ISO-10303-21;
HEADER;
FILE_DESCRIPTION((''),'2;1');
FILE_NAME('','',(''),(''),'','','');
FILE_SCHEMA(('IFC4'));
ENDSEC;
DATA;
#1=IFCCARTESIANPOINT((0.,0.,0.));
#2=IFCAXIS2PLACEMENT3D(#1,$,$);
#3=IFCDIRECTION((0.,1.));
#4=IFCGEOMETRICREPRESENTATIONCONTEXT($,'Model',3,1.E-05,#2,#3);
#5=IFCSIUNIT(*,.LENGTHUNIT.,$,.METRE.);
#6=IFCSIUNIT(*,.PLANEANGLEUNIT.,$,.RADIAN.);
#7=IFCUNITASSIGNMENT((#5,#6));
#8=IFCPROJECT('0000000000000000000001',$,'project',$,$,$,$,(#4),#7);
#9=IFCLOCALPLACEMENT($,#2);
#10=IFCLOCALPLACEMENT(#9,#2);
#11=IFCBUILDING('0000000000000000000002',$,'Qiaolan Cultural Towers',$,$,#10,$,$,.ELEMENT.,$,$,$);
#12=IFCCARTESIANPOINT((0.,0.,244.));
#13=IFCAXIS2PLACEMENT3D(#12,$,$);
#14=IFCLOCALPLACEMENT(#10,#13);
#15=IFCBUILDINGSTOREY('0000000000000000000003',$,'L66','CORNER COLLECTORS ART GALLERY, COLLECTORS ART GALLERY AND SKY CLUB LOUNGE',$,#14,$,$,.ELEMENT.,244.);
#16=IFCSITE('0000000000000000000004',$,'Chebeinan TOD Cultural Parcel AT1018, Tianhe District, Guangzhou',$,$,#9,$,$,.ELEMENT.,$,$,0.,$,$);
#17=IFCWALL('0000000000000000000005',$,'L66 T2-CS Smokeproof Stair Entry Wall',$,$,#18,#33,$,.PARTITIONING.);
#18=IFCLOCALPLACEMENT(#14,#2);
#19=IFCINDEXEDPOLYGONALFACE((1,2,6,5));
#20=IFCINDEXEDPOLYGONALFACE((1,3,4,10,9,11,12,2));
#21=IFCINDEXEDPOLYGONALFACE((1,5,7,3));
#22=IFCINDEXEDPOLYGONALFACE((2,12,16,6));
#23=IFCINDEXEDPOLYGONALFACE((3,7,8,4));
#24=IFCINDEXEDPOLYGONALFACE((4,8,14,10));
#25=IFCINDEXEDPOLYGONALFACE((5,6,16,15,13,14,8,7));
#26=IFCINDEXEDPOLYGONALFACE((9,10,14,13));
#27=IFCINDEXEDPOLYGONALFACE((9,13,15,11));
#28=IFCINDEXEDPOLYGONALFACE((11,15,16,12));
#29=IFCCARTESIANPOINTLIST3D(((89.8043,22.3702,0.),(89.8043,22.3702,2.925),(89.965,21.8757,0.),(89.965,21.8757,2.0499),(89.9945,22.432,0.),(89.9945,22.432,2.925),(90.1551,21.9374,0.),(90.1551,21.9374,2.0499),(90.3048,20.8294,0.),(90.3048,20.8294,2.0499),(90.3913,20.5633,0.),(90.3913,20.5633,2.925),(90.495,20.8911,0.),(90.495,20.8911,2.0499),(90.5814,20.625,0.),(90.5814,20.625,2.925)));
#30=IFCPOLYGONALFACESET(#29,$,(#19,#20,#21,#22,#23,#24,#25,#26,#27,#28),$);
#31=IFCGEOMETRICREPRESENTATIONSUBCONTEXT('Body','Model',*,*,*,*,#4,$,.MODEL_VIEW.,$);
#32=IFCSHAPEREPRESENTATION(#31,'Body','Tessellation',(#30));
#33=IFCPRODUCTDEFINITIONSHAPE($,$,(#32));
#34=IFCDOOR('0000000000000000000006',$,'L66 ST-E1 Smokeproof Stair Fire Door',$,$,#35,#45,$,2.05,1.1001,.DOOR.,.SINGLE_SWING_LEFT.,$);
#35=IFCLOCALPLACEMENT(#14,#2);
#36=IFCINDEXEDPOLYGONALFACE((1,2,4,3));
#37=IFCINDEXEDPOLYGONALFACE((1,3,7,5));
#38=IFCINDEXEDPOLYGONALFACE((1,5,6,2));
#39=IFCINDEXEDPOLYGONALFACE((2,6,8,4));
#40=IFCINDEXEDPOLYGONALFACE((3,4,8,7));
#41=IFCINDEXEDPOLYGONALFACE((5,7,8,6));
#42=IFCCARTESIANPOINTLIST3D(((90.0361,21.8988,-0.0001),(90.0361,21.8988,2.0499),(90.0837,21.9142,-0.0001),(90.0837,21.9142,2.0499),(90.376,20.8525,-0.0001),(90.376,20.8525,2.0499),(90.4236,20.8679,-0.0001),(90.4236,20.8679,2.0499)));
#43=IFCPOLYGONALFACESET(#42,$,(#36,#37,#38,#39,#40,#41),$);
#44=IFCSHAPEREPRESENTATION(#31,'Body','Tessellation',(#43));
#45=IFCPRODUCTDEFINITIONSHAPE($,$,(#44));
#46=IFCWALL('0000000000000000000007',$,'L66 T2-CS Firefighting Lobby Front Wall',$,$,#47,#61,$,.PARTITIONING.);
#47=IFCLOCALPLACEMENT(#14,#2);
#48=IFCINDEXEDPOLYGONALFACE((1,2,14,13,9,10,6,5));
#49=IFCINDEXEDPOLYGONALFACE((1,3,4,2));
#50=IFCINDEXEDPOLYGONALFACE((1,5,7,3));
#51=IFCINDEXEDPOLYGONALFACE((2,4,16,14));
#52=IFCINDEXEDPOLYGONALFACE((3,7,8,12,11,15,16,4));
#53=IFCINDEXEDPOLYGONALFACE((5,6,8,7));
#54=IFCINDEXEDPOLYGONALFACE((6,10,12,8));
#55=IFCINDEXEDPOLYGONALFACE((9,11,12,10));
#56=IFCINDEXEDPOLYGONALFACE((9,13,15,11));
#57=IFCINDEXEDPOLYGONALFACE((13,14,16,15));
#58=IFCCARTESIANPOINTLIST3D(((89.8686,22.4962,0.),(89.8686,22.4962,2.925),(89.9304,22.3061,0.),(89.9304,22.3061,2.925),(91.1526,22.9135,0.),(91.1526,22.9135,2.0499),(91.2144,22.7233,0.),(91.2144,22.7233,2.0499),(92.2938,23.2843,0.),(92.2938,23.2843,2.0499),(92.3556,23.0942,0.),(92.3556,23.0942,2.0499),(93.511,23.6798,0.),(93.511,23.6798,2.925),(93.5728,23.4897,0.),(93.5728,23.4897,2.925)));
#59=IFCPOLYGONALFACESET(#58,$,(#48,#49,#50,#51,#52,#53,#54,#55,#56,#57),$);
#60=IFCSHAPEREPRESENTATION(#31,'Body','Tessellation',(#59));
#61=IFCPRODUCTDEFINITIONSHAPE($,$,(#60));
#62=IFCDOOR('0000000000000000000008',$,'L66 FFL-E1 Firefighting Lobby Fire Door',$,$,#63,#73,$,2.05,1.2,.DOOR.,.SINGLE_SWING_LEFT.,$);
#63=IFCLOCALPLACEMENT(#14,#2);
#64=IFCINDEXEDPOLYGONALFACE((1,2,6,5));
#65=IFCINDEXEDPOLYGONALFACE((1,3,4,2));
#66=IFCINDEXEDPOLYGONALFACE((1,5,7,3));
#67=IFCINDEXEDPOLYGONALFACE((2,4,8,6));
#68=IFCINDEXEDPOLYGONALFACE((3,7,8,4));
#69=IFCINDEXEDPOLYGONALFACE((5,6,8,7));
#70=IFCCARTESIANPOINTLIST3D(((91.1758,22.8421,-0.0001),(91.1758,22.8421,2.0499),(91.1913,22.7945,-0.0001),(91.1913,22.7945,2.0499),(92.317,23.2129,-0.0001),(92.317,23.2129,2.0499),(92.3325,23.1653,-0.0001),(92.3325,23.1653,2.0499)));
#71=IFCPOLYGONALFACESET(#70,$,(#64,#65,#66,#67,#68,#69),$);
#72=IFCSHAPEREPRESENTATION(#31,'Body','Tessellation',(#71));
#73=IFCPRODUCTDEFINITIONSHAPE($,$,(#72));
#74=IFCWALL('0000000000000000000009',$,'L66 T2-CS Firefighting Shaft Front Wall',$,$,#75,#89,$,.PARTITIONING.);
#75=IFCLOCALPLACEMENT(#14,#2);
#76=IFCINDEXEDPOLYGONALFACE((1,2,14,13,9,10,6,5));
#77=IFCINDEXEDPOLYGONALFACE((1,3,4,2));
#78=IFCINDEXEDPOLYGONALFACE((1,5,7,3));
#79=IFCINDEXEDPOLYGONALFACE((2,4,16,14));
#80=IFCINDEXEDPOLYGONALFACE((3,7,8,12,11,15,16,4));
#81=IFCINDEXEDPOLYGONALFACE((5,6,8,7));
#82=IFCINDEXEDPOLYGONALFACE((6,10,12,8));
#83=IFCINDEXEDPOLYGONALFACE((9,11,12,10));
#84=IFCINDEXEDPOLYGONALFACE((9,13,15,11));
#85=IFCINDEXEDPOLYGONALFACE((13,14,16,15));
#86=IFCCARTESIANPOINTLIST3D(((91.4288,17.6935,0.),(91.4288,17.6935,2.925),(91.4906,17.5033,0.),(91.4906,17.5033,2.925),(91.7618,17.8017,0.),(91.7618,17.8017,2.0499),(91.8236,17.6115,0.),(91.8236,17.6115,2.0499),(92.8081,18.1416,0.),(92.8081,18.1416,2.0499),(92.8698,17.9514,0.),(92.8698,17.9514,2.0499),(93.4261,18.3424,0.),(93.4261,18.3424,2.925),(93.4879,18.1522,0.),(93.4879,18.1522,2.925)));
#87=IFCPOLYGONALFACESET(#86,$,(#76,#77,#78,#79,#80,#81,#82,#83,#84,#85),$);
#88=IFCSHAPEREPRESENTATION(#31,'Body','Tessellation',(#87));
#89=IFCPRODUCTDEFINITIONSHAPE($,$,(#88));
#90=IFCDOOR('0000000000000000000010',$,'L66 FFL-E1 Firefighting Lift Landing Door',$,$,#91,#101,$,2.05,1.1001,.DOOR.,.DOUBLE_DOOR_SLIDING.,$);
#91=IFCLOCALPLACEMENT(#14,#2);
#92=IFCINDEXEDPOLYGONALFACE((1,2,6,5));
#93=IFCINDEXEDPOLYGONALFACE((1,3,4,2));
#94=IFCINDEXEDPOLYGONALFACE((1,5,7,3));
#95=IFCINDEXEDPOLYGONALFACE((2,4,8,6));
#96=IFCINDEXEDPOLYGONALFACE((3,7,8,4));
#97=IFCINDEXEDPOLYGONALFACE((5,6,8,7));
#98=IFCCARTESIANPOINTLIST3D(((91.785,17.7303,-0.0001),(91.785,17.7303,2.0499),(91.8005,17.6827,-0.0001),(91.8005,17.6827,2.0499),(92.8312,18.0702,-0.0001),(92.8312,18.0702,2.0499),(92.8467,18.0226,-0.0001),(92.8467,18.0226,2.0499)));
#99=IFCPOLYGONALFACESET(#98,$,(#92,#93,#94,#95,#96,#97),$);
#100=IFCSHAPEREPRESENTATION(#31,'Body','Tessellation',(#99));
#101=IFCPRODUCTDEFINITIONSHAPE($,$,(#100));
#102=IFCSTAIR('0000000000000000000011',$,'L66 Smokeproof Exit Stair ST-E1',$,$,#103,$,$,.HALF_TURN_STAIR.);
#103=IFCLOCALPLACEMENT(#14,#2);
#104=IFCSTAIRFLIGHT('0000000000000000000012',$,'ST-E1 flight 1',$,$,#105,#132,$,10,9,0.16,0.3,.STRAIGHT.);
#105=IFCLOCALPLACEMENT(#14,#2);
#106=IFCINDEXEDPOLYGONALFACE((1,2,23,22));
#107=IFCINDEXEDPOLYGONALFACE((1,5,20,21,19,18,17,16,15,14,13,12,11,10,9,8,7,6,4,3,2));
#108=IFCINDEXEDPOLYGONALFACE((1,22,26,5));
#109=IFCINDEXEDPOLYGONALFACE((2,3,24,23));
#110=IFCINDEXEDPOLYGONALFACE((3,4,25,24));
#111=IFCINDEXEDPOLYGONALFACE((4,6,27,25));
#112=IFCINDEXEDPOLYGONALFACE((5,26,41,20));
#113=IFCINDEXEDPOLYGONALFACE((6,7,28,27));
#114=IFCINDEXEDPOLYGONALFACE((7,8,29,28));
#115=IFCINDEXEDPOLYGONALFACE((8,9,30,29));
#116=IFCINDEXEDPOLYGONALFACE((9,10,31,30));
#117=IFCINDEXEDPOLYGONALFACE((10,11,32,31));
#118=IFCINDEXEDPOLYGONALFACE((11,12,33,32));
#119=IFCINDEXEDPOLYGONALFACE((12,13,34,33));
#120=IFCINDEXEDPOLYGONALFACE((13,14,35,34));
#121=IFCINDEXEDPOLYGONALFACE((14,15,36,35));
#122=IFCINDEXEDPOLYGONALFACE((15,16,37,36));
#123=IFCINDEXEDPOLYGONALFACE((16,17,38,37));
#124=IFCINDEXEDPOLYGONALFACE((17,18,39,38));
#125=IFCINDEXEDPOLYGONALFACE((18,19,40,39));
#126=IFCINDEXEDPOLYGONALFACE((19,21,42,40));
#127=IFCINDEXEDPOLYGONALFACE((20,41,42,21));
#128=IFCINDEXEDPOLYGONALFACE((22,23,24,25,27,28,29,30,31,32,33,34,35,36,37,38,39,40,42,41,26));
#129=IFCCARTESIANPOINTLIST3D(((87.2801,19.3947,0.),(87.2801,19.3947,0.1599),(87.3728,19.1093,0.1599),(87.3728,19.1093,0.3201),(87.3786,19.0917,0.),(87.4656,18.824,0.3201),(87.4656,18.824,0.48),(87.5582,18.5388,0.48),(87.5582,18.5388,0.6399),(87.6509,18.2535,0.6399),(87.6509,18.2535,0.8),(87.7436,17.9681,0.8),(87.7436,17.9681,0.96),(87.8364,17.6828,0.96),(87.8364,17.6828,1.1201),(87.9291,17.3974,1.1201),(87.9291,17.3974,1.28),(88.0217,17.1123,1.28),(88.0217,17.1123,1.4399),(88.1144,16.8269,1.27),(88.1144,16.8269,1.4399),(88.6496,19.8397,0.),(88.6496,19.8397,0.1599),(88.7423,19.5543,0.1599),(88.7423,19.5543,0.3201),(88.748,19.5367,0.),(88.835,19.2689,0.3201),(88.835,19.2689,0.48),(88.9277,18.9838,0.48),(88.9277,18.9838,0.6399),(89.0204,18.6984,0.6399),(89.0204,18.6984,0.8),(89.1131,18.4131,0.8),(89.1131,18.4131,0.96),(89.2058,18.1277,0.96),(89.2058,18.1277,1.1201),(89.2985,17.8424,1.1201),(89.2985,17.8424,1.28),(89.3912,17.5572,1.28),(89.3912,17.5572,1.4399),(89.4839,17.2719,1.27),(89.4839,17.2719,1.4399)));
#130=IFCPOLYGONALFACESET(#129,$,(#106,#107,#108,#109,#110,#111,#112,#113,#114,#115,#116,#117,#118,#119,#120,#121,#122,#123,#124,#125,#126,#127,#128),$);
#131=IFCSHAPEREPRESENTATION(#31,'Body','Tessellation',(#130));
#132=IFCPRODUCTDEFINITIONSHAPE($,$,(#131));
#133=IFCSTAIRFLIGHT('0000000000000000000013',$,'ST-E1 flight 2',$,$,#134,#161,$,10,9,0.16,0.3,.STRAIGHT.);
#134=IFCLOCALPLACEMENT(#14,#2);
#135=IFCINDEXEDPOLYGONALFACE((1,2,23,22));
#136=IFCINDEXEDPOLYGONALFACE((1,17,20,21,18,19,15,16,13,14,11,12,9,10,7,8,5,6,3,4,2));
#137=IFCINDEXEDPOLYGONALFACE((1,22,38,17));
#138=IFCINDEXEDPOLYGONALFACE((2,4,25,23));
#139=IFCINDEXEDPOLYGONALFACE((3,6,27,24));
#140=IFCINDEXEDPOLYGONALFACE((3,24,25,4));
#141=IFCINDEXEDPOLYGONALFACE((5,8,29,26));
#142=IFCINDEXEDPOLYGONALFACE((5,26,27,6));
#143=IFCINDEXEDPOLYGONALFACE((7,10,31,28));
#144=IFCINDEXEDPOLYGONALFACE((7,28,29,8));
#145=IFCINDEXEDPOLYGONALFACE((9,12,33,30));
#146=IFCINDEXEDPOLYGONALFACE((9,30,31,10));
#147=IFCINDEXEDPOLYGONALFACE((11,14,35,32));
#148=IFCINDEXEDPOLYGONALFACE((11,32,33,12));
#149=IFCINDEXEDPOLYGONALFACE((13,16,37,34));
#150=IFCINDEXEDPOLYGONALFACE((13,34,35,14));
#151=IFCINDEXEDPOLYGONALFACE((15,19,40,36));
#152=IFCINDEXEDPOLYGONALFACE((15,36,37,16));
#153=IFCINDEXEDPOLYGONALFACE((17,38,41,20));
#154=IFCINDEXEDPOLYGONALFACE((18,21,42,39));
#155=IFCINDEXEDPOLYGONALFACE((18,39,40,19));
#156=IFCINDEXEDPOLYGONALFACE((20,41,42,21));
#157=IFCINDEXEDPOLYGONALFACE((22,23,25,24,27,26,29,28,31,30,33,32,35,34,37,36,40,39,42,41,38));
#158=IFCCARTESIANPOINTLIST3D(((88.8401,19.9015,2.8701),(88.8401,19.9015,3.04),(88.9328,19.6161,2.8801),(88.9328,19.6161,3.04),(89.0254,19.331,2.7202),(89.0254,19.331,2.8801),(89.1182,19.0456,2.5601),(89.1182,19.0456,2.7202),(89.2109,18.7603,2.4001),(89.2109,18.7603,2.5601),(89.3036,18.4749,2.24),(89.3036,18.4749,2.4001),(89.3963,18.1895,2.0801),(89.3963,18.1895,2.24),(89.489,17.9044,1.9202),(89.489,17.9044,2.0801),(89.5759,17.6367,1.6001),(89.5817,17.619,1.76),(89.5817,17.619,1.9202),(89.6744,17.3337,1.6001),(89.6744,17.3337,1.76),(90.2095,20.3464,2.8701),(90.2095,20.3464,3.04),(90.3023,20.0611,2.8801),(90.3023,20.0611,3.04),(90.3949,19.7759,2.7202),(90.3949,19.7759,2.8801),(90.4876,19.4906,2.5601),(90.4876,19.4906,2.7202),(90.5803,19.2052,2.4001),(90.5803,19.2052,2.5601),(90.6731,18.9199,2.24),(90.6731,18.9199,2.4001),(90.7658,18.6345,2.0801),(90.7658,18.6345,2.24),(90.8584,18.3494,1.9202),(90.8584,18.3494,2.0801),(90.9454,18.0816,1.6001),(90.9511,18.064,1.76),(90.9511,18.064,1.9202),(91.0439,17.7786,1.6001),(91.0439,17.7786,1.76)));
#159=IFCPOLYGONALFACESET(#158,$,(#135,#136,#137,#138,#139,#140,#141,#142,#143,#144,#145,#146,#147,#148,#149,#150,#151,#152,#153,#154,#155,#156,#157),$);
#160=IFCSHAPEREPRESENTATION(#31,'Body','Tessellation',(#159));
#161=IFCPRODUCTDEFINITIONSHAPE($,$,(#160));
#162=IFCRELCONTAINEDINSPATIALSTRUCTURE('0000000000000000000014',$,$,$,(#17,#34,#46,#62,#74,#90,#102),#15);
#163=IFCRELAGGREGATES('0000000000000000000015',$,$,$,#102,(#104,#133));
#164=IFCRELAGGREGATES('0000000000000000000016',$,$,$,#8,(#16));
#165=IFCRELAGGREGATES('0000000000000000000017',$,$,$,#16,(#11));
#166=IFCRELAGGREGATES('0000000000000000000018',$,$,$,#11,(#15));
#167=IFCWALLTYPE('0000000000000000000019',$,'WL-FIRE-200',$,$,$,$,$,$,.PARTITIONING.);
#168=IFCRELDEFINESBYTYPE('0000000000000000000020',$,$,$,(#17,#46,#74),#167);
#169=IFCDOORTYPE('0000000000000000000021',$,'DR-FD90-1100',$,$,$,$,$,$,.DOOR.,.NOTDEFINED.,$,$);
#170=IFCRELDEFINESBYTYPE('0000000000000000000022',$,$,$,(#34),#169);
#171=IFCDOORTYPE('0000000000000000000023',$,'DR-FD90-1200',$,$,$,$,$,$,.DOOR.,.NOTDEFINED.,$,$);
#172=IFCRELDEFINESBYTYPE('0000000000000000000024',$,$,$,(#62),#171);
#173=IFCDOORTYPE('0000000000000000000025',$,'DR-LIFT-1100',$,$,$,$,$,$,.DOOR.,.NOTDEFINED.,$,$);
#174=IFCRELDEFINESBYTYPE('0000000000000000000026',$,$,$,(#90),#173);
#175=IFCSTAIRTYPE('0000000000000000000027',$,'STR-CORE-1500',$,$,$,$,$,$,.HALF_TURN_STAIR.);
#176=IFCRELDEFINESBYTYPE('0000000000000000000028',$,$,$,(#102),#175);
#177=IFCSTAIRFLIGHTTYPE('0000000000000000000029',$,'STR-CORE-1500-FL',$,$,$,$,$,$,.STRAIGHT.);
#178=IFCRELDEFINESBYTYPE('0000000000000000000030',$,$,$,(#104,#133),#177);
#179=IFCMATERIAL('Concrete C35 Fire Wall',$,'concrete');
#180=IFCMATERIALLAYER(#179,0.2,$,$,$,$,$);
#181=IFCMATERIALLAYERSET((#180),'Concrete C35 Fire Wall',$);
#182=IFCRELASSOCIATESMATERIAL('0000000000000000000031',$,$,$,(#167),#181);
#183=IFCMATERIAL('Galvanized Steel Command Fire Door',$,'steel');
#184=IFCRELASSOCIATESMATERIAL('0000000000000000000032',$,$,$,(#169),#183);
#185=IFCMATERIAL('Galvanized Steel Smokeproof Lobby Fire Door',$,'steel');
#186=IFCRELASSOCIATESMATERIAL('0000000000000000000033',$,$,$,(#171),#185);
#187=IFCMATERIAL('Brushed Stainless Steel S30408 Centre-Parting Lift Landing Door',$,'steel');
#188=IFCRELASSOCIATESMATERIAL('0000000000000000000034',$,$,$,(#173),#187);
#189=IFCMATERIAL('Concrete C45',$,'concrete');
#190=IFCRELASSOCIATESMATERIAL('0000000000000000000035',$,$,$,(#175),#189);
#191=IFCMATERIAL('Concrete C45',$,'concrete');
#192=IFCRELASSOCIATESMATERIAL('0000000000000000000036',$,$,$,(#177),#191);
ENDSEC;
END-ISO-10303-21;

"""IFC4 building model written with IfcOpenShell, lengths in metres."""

from ifc_helpers import new_model, si_unit, direction, frame, frame_2d, origin, place, context, subcontext, project, spatial, polyline, rectangle, outline, extrude, material, layer, layer_set, type_object, element, fill, aggregate, save


model = new_model("IFC4")

# Units and contexts
model_context = context("Model", 3, precision=1e-05, world=origin(), true_north=direction((0.0, 1.0)))
body_context = subcontext(model_context, "Body", "Model", "MODEL_VIEW")
ifc_project = project(units=[si_unit("LENGTHUNIT", "METRE"), si_unit("PLANEANGLEUNIT", "RADIAN")], contexts=[model_context])

# Site, building, storey
site_placement = place(None, origin())
site = spatial("IfcSite", under=ifc_project, at=site_placement, Name="Chebeinan TOD Cultural Parcel AT1018, Tianhe District, Guangzhou", CompositionType="ELEMENT", RefElevation=0.0)
building_placement = place(site_placement, origin())
building = spatial("IfcBuilding", under=site, at=building_placement, Name="Qiaolan Cultural Towers", CompositionType="ELEMENT")
storey_placement = place(building_placement, frame((0.0, 0.0, 244.0)))
storey = spatial("IfcBuildingStorey", under=building, at=storey_placement, Name="L66", Description="CORNER COLLECTORS ART GALLERY, COLLECTORS ART GALLERY AND SKY CLUB LOUNGE", CompositionType="ELEMENT", Elevation=244.0)

# Walls, openings, doors
ifc_material_1 = material(Name="Concrete C35 Fire Wall", Category="concrete")
ifc_layer_1 = layer(ifc_material_1, 0.2)
ifc_layer_set_1 = layer_set([ifc_layer_1], Name="Concrete C35 Fire Wall")
wall_type_1 = type_object("IfcWallType", Name="WL-FIRE-200", PredefinedType="PARTITIONING", material=ifc_layer_set_1)
wall_1_placement = place(storey_placement, frame((89.8994, 22.4011, 0.0), z_axis=(0.0, 0.0, 1.0), x_axis=(0.308932, -0.951084, 0.0)))
wall_1 = element("IfcWall", 1, at=wall_1_placement, inside=storey, type_object=wall_type_1, Name="L66 T2-CS Smokeproof Stair Entry Wall", PredefinedType="PARTITIONING", context=body_context, shape_type="SweptSolid", body=[
    extrude(rectangle(XDim=1.8999, YDim=0.2, at=frame_2d((0.95, 0.0))), origin(), (0.0, 0.0, 1.0), 2.925),
])
opening_1_placement = place(wall_1_placement, frame((0.52, 0.0, 0.0)))
opening_1 = element("IfcOpeningElement", 2, at=opening_1_placement, cuts=wall_1, PredefinedType="OPENING", context=body_context, shape_type="SweptSolid", body=[
    extrude(rectangle(XDim=1.1001, YDim=2.05, at=frame_2d((0.55, 1.0249))), frame((0.0, 0.1099, 0.0), z_axis=(0.0, -1.0, 0.0), x_axis=(1.0, 0.0, 0.0)), (0.0, 0.0, 1.0), 0.22),
])
ifc_material_2 = material(Name="Galvanized Steel Command Fire Door", Category="steel")
door_type_1 = type_object("IfcDoorType", Name="DR-FD90-1100", OperationType="NOTDEFINED", PredefinedType="DOOR", material=ifc_material_2)
door_1_placement = place(opening_1_placement, origin())
door_1 = element("IfcDoor", 3, at=door_1_placement, inside=storey, type_object=door_type_1, Name="L66 ST-E1 Smokeproof Stair Fire Door", OperationType="SINGLE_SWING_LEFT", OverallHeight=2.05, OverallWidth=1.1001, PredefinedType="DOOR", context=body_context, shape_type="SweptSolid", body=[
    extrude(rectangle(XDim=1.1001, YDim=2.05, at=frame_2d((0.55, 1.0249))), frame((0.0, 0.0249, 0.0), z_axis=(0.0, -1.0, 0.0), x_axis=(1.0, 0.0, 0.0)), (0.0, 0.0, 1.0), 0.05),
])
fill(opening_1, door_1)
wall_2_placement = place(storey_placement, frame((89.8994, 22.4011, 0.0), z_axis=(0.0, 0.0, 1.0), x_axis=(0.951047, 0.309047, 0.0)))
wall_2 = element("IfcWall", 4, at=wall_2_placement, inside=storey, type_object=wall_type_1, Name="L66 T2-CS Firefighting Lobby Front Wall", PredefinedType="PARTITIONING", context=body_context, shape_type="SweptSolid", body=[
    extrude(rectangle(XDim=3.8298, YDim=0.2, at=frame_2d((1.915, 0.0))), origin(), (0.0, 0.0, 1.0), 2.925),
])
opening_2_placement = place(wall_2_placement, frame((1.3501, 0.0, 0.0)))
opening_2 = element("IfcOpeningElement", 5, at=opening_2_placement, cuts=wall_2, PredefinedType="OPENING", context=body_context, shape_type="SweptSolid", body=[
    extrude(rectangle(XDim=1.2, YDim=2.05, at=frame_2d((0.6001, 1.0249))), frame((0.0, 0.1099, 0.0), z_axis=(0.0, -1.0, 0.0), x_axis=(1.0, 0.0, 0.0)), (0.0, 0.0, 1.0), 0.22),
])
ifc_material_3 = material(Name="Galvanized Steel Smokeproof Lobby Fire Door", Category="steel")
door_type_2 = type_object("IfcDoorType", Name="DR-FD90-1200", OperationType="NOTDEFINED", PredefinedType="DOOR", material=ifc_material_3)
door_2_placement = place(opening_2_placement, origin())
door_2 = element("IfcDoor", 6, at=door_2_placement, inside=storey, type_object=door_type_2, Name="L66 FFL-E1 Firefighting Lobby Fire Door", OperationType="SINGLE_SWING_LEFT", OverallHeight=2.05, OverallWidth=1.2, PredefinedType="DOOR", context=body_context, shape_type="SweptSolid", body=[
    extrude(rectangle(XDim=1.2, YDim=2.05, at=frame_2d((0.6001, 1.0249))), frame((0.0, 0.0249, 0.0), z_axis=(0.0, -1.0, 0.0), x_axis=(1.0, 0.0, 0.0)), (0.0, 0.0, 1.0), 0.05),
])
fill(opening_2, door_2)
wall_3_placement = place(storey_placement, frame((91.4597, 17.5984, 0.0), z_axis=(0.0, 0.0, 1.0), x_axis=(0.951062, 0.308999, 0.0)))
wall_3 = element("IfcWall", 7, at=wall_3_placement, inside=storey, type_object=wall_type_1, Name="L66 T2-CS Firefighting Shaft Front Wall", PredefinedType="PARTITIONING", context=body_context, shape_type="SweptSolid", body=[
    extrude(rectangle(XDim=2.1001, YDim=0.2, at=frame_2d((1.05, 0.0))), origin(), (0.0, 0.0, 1.0), 2.925),
])
opening_3_placement = place(wall_3_placement, frame((0.3501, 0.0, 0.0)))
opening_3 = element("IfcOpeningElement", 8, at=opening_3_placement, cuts=wall_3, PredefinedType="OPENING", context=body_context, shape_type="SweptSolid", body=[
    extrude(rectangle(XDim=1.1001, YDim=2.05, at=frame_2d((0.55, 1.0249))), frame((0.0, 0.1099, 0.0), z_axis=(0.0, -1.0, 0.0), x_axis=(1.0, 0.0, 0.0)), (0.0, 0.0, 1.0), 0.22),
])
ifc_material_4 = material(Name="Brushed Stainless Steel S30408 Centre-Parting Lift Landing Door", Category="steel")
door_type_3 = type_object("IfcDoorType", Name="DR-LIFT-1100", OperationType="NOTDEFINED", PredefinedType="DOOR", material=ifc_material_4)
door_3_placement = place(opening_3_placement, origin())
door_3 = element("IfcDoor", 9, at=door_3_placement, inside=storey, type_object=door_type_3, Name="L66 FFL-E1 Firefighting Lift Landing Door", OperationType="DOUBLE_DOOR_SLIDING", OverallHeight=2.05, OverallWidth=1.1001, PredefinedType="DOOR", context=body_context, shape_type="SweptSolid", body=[
    extrude(rectangle(XDim=1.1001, YDim=2.05, at=frame_2d((0.55, 1.0249))), frame((0.0, 0.0249, 0.0), z_axis=(0.0, -1.0, 0.0), x_axis=(1.0, 0.0, 0.0)), (0.0, 0.0, 1.0), 0.05),
])
fill(opening_3, door_3)

# Stair, stair flights
ifc_material_5 = material(Name="Concrete C45", Category="concrete")
stair_type = type_object("IfcStairType", Name="STR-CORE-1500", PredefinedType="HALF_TURN_STAIR", material=ifc_material_5)
stair_placement = place(storey_placement, origin())
stair = element("IfcStair", 10, at=stair_placement, inside=storey, type_object=stair_type, Name="L66 Smokeproof Exit Stair ST-E1", PredefinedType="HALF_TURN_STAIR")
ifc_material_6 = material(Name="Concrete C45", Category="concrete")
stair_flight_type = type_object("IfcStairFlightType", Name="STR-CORE-1500-FL", PredefinedType="STRAIGHT", material=ifc_material_6)
stair_flight_1_placement = place(storey_placement, frame((87.9648, 19.6172, 0.0), z_axis=(0.0, 0.0, 1.0), x_axis=(0.309017, -0.951057, 0.0)))
stair_flight_1 = element("IfcStairFlight", 11, at=stair_flight_1_placement, type_object=stair_flight_type, Name="ST-E1 flight 1", NumberOfRisers=10, NumberOfTreads=9, PredefinedType="STRAIGHT", RiserHeight=0.16, TreadLength=0.3, context=body_context, shape_type="SweptSolid", body=[
    extrude(outline(polyline([(0.0, 0.0), (0.0, 0.1599), (0.3, 0.1599), (0.3, 0.3201), (0.6001, 0.3201), (0.6001, 0.48), (0.8999, 0.48), (0.8999, 0.6399), (1.2, 0.6399), (1.2, 0.8), (1.5, 0.8), (1.5, 0.96), (1.8, 0.96), (1.8, 1.1201), (2.1001, 1.1201), (2.1001, 1.28), (2.3999, 1.28), (2.3999, 1.4399), (2.7, 1.4399), (2.7, 1.6001), (2.7, 1.27), (0.3186, 0.0), (0.0, 0.0)])), frame((0.0, 0.72, 0.0), z_axis=(0.0, -1.0, 0.0), x_axis=(1.0, 0.0, 0.0)), (0.0, 0.0, 1.0), 1.4399),
])
stair_flight_2_placement = place(storey_placement, frame((90.3591, 17.5562, 1.6001), z_axis=(0.0, 0.0, 1.0), x_axis=(-0.309017, 0.951057, 0.0)))
stair_flight_2 = element("IfcStairFlight", 12, at=stair_flight_2_placement, type_object=stair_flight_type, Name="ST-E1 flight 2", NumberOfRisers=10, NumberOfTreads=9, PredefinedType="STRAIGHT", RiserHeight=0.16, TreadLength=0.3, context=body_context, shape_type="SweptSolid", body=[
    extrude(outline(polyline([(0.0, 0.0), (0.0, 0.1599), (0.3, 0.1599), (0.3, 0.3201), (0.6001, 0.3201), (0.6001, 0.48), (0.8999, 0.48), (0.8999, 0.6399), (1.2, 0.6399), (1.2, 0.8), (1.5, 0.8), (1.5, 0.96), (1.8, 0.96), (1.8, 1.1201), (2.1001, 1.1201), (2.1001, 1.28), (2.3999, 1.28), (2.3999, 1.4399), (2.7, 1.4399), (2.7, 1.6001), (2.7, 1.27), (0.3186, 0.0), (0.0, 0.0)])), frame((0.0, 0.72, 0.0), z_axis=(0.0, -1.0, 0.0), x_axis=(1.0, 0.0, 0.0)), (0.0, 0.0, 1.0), 1.4399),
])
aggregate(stair, [stair_flight_1, stair_flight_2])

save(model, "model.ifc")
